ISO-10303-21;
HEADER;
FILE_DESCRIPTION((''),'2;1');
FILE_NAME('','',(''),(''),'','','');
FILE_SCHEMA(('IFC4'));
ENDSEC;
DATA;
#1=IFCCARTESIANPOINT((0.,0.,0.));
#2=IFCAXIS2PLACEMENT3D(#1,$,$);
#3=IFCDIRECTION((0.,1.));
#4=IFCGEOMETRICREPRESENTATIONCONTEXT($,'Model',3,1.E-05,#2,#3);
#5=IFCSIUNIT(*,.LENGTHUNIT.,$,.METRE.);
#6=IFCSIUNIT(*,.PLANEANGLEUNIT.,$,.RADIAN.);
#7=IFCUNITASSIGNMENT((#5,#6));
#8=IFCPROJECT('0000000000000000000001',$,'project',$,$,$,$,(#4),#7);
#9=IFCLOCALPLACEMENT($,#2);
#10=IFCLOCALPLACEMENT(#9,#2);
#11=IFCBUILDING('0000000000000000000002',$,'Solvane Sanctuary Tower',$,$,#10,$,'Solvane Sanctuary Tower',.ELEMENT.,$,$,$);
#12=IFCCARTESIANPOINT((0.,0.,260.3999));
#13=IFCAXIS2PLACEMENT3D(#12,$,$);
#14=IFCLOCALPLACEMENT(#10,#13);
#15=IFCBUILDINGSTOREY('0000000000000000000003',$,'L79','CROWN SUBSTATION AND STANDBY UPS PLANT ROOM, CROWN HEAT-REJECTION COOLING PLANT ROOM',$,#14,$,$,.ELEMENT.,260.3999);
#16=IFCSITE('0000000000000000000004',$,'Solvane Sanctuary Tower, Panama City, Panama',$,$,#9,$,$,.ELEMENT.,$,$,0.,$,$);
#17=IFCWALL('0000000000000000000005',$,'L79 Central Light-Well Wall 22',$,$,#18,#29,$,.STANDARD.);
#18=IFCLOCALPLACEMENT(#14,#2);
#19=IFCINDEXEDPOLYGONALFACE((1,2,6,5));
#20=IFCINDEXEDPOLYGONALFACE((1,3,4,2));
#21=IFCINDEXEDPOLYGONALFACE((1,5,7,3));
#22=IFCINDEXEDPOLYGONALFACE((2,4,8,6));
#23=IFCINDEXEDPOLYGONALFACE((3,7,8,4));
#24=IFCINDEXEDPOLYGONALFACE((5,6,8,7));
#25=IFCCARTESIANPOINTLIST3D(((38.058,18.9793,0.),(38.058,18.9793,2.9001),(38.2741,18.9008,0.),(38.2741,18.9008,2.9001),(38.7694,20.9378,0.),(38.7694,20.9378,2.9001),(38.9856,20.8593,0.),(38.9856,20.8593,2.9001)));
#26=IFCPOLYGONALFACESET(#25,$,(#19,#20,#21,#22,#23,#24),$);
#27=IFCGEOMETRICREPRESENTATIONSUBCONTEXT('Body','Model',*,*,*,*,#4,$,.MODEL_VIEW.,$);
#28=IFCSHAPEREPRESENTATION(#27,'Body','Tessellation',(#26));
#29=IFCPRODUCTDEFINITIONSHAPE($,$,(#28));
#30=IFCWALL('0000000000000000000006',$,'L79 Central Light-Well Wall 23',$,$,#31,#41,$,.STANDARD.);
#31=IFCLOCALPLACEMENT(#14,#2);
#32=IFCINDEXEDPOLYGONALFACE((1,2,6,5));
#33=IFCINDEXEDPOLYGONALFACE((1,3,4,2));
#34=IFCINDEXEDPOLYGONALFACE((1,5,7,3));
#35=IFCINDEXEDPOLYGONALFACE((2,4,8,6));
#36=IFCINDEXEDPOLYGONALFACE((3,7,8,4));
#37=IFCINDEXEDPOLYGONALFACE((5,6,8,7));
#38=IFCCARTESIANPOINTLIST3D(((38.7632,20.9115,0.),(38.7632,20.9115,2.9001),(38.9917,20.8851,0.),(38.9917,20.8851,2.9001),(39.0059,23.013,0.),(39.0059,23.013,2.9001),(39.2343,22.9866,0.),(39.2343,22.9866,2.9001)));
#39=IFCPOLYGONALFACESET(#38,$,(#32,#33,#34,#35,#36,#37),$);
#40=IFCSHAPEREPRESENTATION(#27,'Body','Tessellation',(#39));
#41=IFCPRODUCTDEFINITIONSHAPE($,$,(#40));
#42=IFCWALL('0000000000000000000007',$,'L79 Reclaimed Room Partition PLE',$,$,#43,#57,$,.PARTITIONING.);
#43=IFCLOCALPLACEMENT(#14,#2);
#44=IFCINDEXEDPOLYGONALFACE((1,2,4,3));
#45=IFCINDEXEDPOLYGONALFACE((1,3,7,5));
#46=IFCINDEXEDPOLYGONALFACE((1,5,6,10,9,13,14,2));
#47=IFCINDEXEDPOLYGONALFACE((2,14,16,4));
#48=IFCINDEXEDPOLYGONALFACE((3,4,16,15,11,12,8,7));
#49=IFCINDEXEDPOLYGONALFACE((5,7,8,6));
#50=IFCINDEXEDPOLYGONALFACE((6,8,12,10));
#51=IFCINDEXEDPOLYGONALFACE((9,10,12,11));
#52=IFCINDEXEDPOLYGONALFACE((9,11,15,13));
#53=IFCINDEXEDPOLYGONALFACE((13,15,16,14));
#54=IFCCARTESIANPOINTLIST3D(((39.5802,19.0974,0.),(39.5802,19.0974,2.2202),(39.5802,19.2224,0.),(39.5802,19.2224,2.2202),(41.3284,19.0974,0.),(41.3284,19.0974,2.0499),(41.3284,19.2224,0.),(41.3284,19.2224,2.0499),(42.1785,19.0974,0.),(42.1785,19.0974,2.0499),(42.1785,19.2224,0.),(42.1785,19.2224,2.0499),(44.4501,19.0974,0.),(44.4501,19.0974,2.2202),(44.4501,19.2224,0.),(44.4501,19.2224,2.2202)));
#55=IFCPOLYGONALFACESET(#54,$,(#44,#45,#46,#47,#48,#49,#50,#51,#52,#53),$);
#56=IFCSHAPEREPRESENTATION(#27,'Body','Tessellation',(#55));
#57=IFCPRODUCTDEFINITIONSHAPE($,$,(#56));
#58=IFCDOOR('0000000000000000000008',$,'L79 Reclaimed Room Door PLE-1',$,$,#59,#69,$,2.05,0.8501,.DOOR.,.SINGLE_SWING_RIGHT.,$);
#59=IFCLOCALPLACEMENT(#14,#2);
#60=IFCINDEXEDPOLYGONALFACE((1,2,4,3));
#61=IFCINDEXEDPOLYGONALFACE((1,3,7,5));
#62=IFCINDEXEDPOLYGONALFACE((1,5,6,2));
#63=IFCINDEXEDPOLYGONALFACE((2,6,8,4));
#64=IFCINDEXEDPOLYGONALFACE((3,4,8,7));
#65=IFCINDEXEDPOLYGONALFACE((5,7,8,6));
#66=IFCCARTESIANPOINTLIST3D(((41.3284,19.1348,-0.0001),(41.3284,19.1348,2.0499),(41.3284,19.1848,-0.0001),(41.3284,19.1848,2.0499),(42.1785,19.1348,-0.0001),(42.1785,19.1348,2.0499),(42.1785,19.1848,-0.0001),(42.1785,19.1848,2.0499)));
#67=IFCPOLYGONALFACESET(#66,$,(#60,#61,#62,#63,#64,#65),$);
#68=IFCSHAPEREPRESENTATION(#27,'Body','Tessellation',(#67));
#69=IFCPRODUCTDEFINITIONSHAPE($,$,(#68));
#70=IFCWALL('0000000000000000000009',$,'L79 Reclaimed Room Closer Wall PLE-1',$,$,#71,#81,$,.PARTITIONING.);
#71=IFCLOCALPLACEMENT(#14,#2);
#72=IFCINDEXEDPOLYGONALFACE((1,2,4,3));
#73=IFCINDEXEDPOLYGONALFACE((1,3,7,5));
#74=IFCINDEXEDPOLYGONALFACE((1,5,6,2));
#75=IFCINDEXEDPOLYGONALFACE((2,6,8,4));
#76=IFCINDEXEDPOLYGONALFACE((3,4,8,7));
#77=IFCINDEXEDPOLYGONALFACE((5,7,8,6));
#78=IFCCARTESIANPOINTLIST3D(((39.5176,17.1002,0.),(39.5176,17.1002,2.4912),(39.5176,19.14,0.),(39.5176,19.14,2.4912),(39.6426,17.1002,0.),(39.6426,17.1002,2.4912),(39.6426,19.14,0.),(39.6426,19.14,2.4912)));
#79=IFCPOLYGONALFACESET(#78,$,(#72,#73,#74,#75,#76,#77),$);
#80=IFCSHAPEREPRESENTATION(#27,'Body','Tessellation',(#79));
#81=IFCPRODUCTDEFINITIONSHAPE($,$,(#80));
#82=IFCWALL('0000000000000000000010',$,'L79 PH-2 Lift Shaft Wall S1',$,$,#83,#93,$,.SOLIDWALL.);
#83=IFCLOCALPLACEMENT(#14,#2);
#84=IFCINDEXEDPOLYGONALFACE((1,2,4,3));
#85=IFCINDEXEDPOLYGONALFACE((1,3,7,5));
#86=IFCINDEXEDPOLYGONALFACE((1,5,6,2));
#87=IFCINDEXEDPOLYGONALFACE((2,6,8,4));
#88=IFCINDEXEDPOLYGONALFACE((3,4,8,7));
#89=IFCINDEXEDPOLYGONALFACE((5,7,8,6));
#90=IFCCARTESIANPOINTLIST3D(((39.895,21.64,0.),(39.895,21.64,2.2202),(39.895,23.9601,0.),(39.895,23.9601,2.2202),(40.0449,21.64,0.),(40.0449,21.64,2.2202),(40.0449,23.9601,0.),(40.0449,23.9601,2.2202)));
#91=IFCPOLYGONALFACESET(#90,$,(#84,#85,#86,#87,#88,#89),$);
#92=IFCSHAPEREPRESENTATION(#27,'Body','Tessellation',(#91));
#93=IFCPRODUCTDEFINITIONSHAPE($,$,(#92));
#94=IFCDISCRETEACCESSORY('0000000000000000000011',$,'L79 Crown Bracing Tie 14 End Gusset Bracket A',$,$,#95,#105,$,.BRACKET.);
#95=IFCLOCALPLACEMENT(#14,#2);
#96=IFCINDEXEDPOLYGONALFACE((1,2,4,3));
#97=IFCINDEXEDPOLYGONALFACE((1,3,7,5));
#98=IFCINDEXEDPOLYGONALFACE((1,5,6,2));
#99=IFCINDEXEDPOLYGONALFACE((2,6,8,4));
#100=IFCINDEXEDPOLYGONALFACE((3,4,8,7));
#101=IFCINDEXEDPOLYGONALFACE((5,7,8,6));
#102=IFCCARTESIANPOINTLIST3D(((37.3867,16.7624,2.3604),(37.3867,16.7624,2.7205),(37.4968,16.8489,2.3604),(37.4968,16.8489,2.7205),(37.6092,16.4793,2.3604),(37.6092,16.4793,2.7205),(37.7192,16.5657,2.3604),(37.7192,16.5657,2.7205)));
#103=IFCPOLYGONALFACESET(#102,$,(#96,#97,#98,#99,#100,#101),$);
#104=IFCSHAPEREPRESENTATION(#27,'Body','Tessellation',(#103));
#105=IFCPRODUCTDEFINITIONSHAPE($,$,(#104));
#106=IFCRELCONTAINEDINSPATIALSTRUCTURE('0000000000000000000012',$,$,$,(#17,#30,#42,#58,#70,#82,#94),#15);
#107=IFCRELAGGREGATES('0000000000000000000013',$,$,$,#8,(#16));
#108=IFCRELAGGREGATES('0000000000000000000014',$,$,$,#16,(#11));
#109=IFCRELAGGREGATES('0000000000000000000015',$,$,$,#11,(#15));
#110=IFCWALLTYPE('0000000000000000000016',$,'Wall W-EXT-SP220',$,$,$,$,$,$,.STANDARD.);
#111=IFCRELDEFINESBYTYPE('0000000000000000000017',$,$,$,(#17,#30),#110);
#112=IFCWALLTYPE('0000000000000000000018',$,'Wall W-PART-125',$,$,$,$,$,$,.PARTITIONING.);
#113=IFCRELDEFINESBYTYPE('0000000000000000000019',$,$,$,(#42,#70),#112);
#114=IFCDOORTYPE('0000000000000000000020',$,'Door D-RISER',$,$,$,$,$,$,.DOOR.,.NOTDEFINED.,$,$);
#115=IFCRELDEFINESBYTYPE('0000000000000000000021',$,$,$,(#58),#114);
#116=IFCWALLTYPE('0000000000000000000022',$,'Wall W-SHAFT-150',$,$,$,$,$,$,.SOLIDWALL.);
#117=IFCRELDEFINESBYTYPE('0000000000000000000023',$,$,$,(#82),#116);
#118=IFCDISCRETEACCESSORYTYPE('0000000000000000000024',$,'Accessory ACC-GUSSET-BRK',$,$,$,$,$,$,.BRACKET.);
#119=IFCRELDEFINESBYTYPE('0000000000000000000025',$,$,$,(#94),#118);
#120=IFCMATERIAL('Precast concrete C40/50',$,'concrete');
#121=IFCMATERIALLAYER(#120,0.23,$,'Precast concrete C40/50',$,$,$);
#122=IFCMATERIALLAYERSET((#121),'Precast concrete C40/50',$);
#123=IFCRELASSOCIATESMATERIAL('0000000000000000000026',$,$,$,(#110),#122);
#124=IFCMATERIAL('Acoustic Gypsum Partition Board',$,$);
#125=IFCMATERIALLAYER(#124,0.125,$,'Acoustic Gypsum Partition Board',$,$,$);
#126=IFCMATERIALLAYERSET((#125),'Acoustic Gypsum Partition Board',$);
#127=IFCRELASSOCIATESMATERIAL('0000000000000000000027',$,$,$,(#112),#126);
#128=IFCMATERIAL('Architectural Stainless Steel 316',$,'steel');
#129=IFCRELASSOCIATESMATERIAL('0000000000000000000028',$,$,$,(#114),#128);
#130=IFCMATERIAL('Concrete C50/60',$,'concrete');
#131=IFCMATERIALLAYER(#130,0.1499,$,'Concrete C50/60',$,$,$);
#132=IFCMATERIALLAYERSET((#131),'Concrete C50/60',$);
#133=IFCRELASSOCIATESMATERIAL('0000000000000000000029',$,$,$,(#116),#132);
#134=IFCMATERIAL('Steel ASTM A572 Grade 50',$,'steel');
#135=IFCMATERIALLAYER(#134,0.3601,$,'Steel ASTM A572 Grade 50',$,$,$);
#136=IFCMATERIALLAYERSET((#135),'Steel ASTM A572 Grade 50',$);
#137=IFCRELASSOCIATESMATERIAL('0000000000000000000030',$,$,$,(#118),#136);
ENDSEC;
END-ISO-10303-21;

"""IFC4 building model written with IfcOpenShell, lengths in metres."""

from ifc_helpers import new_model, si_unit, direction, frame, frame_2d, origin, origin_2d, place, context, subcontext, project, spatial, rectangle, extrude, material, layer, layer_set, type_object, element, fill, save


model = new_model("IFC4")

# Units and contexts
model_context = context("Model", 3, precision=1e-05, world=origin(), true_north=direction((0.0, 1.0)))
body_context = subcontext(model_context, "Body", "Model", "MODEL_VIEW")
ifc_project = project(units=[si_unit("LENGTHUNIT", "METRE"), si_unit("PLANEANGLEUNIT", "RADIAN")], contexts=[model_context])

# Site, building, storey
site_placement = place(None, origin())
site = spatial("IfcSite", under=ifc_project, at=site_placement, Name="Solvane Sanctuary Tower, Panama City, Panama", CompositionType="ELEMENT", RefElevation=0.0)
building_placement = place(site_placement, origin())
building = spatial("IfcBuilding", under=site, at=building_placement, Name="Solvane Sanctuary Tower", LongName="Solvane Sanctuary Tower", CompositionType="ELEMENT")
storey_placement = place(building_placement, frame((0.0, 0.0, 260.3999)))
storey = spatial("IfcBuildingStorey", under=building, at=storey_placement, Name="L79", Description="CROWN SUBSTATION AND STANDBY UPS PLANT ROOM, CROWN HEAT-REJECTION COOLING PLANT ROOM", CompositionType="ELEMENT", Elevation=260.3999)

# Shared definitions
ifc_material_1 = material(Name="Concrete C50/60", Category="concrete")

# Walls
ifc_material_2 = material(Name="Precast concrete C40/50", Category="concrete")
ifc_layer_1 = layer(ifc_material_2, 0.23, Name="Precast concrete C40/50")
ifc_layer_set_1 = layer_set([ifc_layer_1], Name="Precast concrete C40/50")
wall_type_1 = type_object("IfcWallType", Name="Wall W-EXT-SP220", PredefinedType="STANDARD", material=ifc_layer_set_1)
wall_1_placement = place(storey_placement, frame((38.166, 18.9399, 0.0), z_axis=(0.0, 0.0, 1.0), x_axis=(0.341423, 0.93991, 0.0)))
element("IfcWall", 1, at=wall_1_placement, inside=storey, type_object=wall_type_1, Name="L79 Central Light-Well Wall 22", PredefinedType="STANDARD", context=body_context, shape_type="SweptSolid", body=[
    extrude(rectangle(XDim=2.0837, YDim=0.23, at=frame_2d((1.042, 0.0))), origin(), (0.0, 0.0, 1.0), 2.9001),
])
wall_2_placement = place(storey_placement, frame((38.8774, 20.8984, 0.0), z_axis=(0.0, 0.0, 1.0), x_axis=(0.114712, 0.993399, 0.0)))
element("IfcWall", 2, at=wall_2_placement, inside=storey, type_object=wall_type_1, Name="L79 Central Light-Well Wall 23", PredefinedType="STANDARD", context=body_context, shape_type="SweptSolid", body=[
    extrude(rectangle(XDim=2.1155, YDim=0.23, at=frame_2d((1.0576, 0.0))), origin(), (0.0, 0.0, 1.0), 2.9001),
])

# Wall, opening, door
ifc_material_3 = material(Name="Acoustic Gypsum Partition Board")
ifc_layer_2 = layer(ifc_material_3, 0.125, Name="Acoustic Gypsum Partition Board")
ifc_layer_set_2 = layer_set([ifc_layer_2], Name="Acoustic Gypsum Partition Board")
wall_type_2 = type_object("IfcWallType", Name="Wall W-PART-125", PredefinedType="PARTITIONING", material=ifc_layer_set_2)
wall_3_placement = place(storey_placement, frame((39.5801, 19.1599, 0.0), z_axis=(0.0, 0.0, 1.0), x_axis=(1.0, 0.0, 0.0)))
wall_3 = element("IfcWall", 3, at=wall_3_placement, inside=storey, type_object=wall_type_2, Name="L79 Reclaimed Room Partition PLE", PredefinedType="PARTITIONING", context=body_context, shape_type="SweptSolid", body=[
    extrude(rectangle(XDim=4.8699, YDim=0.125, at=frame_2d((2.4351, 0.0))), origin(), (0.0, 0.0, 1.0), 2.2202),
])
opening_placement = place(wall_3_placement, frame((1.7483, 0.0, 0.0)))
opening = element("IfcOpeningElement", 4, at=opening_placement, cuts=wall_3, PredefinedType="OPENING", context=body_context, shape_type="SweptSolid", body=[
    extrude(rectangle(XDim=0.8501, YDim=2.05, at=frame_2d((0.425, 1.0249))), frame((0.0, 0.0725, 0.0), z_axis=(0.0, -1.0, 0.0), x_axis=(1.0, 0.0, 0.0)), (0.0, 0.0, 1.0), 0.145),
])
ifc_material_4 = material(Name="Architectural Stainless Steel 316", Category="steel")
door_type = type_object("IfcDoorType", Name="Door D-RISER", OperationType="NOTDEFINED", PredefinedType="DOOR", material=ifc_material_4)
door_placement = place(opening_placement, origin())
door = element("IfcDoor", 5, at=door_placement, inside=storey, type_object=door_type, Name="L79 Reclaimed Room Door PLE-1", OperationType="SINGLE_SWING_RIGHT", OverallHeight=2.05, OverallWidth=0.8501, PredefinedType="DOOR", context=body_context, shape_type="SweptSolid", body=[
    extrude(rectangle(XDim=0.8501, YDim=2.05, at=frame_2d((0.425, 1.0249))), frame((0.0, 0.0249, 0.0), z_axis=(0.0, -1.0, 0.0), x_axis=(1.0, 0.0, 0.0)), (0.0, 0.0, 1.0), 0.05),
])
fill(opening, door)

# Walls
wall_4_placement = place(storey_placement, frame((39.5801, 17.1001, 0.0), z_axis=(0.0, 0.0, 1.0), x_axis=(0.0, 1.0, 0.0)))
element("IfcWall", 6, at=wall_4_placement, inside=storey, type_object=wall_type_2, Name="L79 Reclaimed Room Closer Wall PLE-1", PredefinedType="PARTITIONING", context=body_context, shape_type="SweptSolid", body=[
    extrude(rectangle(XDim=2.0398, YDim=0.125, at=frame_2d((1.02, 0.0))), origin(), (0.0, 0.0, 1.0), 2.4912),
])
ifc_layer_3 = layer(ifc_material_1, 0.1499, Name="Concrete C50/60")
ifc_layer_set_3 = layer_set([ifc_layer_3], Name="Concrete C50/60")
wall_type_3 = type_object("IfcWallType", Name="Wall W-SHAFT-150", PredefinedType="SOLIDWALL", material=ifc_layer_set_3)
wall_5_placement = place(storey_placement, frame((39.97, 21.6399, 0.0), z_axis=(0.0, 0.0, 1.0), x_axis=(0.0, 1.0, 0.0)))
element("IfcWall", 7, at=wall_5_placement, inside=storey, type_object=wall_type_3, Name="L79 PH-2 Lift Shaft Wall S1", PredefinedType="SOLIDWALL", context=body_context, shape_type="SweptSolid", body=[
    extrude(rectangle(XDim=2.3201, YDim=0.1499, at=frame_2d((1.1602, 0.0))), origin(), (0.0, 0.0, 1.0), 2.2202),
])

# Discrete accessory
ifc_material_5 = material(Name="Steel ASTM A572 Grade 50", Category="steel")
ifc_layer_4 = layer(ifc_material_5, 0.3601, Name="Steel ASTM A572 Grade 50")
ifc_layer_set_4 = layer_set([ifc_layer_4], Name="Steel ASTM A572 Grade 50")
discrete_accessory_type = type_object("IfcDiscreteAccessoryType", Name="Accessory ACC-GUSSET-BRK", PredefinedType="BRACKET", material=ifc_layer_set_4)
discrete_accessory_placement = place(storey_placement, frame((37.553, 16.6641, 2.3604), z_axis=(0.0, 0.0, 1.0), x_axis=(0.617722, -0.786396, 0.0)))
element("IfcDiscreteAccessory", 8, at=discrete_accessory_placement, inside=storey, type_object=discrete_accessory_type, Name="L79 Crown Bracing Tie 14 End Gusset Bracket A", PredefinedType="BRACKET", context=body_context, shape_type="SweptSolid", body=[
    extrude(rectangle(XDim=0.3601, YDim=0.1399, at=origin_2d()), origin(), (0.0, 0.0, 1.0), 0.3601),
])

save(model, "model.ifc")
